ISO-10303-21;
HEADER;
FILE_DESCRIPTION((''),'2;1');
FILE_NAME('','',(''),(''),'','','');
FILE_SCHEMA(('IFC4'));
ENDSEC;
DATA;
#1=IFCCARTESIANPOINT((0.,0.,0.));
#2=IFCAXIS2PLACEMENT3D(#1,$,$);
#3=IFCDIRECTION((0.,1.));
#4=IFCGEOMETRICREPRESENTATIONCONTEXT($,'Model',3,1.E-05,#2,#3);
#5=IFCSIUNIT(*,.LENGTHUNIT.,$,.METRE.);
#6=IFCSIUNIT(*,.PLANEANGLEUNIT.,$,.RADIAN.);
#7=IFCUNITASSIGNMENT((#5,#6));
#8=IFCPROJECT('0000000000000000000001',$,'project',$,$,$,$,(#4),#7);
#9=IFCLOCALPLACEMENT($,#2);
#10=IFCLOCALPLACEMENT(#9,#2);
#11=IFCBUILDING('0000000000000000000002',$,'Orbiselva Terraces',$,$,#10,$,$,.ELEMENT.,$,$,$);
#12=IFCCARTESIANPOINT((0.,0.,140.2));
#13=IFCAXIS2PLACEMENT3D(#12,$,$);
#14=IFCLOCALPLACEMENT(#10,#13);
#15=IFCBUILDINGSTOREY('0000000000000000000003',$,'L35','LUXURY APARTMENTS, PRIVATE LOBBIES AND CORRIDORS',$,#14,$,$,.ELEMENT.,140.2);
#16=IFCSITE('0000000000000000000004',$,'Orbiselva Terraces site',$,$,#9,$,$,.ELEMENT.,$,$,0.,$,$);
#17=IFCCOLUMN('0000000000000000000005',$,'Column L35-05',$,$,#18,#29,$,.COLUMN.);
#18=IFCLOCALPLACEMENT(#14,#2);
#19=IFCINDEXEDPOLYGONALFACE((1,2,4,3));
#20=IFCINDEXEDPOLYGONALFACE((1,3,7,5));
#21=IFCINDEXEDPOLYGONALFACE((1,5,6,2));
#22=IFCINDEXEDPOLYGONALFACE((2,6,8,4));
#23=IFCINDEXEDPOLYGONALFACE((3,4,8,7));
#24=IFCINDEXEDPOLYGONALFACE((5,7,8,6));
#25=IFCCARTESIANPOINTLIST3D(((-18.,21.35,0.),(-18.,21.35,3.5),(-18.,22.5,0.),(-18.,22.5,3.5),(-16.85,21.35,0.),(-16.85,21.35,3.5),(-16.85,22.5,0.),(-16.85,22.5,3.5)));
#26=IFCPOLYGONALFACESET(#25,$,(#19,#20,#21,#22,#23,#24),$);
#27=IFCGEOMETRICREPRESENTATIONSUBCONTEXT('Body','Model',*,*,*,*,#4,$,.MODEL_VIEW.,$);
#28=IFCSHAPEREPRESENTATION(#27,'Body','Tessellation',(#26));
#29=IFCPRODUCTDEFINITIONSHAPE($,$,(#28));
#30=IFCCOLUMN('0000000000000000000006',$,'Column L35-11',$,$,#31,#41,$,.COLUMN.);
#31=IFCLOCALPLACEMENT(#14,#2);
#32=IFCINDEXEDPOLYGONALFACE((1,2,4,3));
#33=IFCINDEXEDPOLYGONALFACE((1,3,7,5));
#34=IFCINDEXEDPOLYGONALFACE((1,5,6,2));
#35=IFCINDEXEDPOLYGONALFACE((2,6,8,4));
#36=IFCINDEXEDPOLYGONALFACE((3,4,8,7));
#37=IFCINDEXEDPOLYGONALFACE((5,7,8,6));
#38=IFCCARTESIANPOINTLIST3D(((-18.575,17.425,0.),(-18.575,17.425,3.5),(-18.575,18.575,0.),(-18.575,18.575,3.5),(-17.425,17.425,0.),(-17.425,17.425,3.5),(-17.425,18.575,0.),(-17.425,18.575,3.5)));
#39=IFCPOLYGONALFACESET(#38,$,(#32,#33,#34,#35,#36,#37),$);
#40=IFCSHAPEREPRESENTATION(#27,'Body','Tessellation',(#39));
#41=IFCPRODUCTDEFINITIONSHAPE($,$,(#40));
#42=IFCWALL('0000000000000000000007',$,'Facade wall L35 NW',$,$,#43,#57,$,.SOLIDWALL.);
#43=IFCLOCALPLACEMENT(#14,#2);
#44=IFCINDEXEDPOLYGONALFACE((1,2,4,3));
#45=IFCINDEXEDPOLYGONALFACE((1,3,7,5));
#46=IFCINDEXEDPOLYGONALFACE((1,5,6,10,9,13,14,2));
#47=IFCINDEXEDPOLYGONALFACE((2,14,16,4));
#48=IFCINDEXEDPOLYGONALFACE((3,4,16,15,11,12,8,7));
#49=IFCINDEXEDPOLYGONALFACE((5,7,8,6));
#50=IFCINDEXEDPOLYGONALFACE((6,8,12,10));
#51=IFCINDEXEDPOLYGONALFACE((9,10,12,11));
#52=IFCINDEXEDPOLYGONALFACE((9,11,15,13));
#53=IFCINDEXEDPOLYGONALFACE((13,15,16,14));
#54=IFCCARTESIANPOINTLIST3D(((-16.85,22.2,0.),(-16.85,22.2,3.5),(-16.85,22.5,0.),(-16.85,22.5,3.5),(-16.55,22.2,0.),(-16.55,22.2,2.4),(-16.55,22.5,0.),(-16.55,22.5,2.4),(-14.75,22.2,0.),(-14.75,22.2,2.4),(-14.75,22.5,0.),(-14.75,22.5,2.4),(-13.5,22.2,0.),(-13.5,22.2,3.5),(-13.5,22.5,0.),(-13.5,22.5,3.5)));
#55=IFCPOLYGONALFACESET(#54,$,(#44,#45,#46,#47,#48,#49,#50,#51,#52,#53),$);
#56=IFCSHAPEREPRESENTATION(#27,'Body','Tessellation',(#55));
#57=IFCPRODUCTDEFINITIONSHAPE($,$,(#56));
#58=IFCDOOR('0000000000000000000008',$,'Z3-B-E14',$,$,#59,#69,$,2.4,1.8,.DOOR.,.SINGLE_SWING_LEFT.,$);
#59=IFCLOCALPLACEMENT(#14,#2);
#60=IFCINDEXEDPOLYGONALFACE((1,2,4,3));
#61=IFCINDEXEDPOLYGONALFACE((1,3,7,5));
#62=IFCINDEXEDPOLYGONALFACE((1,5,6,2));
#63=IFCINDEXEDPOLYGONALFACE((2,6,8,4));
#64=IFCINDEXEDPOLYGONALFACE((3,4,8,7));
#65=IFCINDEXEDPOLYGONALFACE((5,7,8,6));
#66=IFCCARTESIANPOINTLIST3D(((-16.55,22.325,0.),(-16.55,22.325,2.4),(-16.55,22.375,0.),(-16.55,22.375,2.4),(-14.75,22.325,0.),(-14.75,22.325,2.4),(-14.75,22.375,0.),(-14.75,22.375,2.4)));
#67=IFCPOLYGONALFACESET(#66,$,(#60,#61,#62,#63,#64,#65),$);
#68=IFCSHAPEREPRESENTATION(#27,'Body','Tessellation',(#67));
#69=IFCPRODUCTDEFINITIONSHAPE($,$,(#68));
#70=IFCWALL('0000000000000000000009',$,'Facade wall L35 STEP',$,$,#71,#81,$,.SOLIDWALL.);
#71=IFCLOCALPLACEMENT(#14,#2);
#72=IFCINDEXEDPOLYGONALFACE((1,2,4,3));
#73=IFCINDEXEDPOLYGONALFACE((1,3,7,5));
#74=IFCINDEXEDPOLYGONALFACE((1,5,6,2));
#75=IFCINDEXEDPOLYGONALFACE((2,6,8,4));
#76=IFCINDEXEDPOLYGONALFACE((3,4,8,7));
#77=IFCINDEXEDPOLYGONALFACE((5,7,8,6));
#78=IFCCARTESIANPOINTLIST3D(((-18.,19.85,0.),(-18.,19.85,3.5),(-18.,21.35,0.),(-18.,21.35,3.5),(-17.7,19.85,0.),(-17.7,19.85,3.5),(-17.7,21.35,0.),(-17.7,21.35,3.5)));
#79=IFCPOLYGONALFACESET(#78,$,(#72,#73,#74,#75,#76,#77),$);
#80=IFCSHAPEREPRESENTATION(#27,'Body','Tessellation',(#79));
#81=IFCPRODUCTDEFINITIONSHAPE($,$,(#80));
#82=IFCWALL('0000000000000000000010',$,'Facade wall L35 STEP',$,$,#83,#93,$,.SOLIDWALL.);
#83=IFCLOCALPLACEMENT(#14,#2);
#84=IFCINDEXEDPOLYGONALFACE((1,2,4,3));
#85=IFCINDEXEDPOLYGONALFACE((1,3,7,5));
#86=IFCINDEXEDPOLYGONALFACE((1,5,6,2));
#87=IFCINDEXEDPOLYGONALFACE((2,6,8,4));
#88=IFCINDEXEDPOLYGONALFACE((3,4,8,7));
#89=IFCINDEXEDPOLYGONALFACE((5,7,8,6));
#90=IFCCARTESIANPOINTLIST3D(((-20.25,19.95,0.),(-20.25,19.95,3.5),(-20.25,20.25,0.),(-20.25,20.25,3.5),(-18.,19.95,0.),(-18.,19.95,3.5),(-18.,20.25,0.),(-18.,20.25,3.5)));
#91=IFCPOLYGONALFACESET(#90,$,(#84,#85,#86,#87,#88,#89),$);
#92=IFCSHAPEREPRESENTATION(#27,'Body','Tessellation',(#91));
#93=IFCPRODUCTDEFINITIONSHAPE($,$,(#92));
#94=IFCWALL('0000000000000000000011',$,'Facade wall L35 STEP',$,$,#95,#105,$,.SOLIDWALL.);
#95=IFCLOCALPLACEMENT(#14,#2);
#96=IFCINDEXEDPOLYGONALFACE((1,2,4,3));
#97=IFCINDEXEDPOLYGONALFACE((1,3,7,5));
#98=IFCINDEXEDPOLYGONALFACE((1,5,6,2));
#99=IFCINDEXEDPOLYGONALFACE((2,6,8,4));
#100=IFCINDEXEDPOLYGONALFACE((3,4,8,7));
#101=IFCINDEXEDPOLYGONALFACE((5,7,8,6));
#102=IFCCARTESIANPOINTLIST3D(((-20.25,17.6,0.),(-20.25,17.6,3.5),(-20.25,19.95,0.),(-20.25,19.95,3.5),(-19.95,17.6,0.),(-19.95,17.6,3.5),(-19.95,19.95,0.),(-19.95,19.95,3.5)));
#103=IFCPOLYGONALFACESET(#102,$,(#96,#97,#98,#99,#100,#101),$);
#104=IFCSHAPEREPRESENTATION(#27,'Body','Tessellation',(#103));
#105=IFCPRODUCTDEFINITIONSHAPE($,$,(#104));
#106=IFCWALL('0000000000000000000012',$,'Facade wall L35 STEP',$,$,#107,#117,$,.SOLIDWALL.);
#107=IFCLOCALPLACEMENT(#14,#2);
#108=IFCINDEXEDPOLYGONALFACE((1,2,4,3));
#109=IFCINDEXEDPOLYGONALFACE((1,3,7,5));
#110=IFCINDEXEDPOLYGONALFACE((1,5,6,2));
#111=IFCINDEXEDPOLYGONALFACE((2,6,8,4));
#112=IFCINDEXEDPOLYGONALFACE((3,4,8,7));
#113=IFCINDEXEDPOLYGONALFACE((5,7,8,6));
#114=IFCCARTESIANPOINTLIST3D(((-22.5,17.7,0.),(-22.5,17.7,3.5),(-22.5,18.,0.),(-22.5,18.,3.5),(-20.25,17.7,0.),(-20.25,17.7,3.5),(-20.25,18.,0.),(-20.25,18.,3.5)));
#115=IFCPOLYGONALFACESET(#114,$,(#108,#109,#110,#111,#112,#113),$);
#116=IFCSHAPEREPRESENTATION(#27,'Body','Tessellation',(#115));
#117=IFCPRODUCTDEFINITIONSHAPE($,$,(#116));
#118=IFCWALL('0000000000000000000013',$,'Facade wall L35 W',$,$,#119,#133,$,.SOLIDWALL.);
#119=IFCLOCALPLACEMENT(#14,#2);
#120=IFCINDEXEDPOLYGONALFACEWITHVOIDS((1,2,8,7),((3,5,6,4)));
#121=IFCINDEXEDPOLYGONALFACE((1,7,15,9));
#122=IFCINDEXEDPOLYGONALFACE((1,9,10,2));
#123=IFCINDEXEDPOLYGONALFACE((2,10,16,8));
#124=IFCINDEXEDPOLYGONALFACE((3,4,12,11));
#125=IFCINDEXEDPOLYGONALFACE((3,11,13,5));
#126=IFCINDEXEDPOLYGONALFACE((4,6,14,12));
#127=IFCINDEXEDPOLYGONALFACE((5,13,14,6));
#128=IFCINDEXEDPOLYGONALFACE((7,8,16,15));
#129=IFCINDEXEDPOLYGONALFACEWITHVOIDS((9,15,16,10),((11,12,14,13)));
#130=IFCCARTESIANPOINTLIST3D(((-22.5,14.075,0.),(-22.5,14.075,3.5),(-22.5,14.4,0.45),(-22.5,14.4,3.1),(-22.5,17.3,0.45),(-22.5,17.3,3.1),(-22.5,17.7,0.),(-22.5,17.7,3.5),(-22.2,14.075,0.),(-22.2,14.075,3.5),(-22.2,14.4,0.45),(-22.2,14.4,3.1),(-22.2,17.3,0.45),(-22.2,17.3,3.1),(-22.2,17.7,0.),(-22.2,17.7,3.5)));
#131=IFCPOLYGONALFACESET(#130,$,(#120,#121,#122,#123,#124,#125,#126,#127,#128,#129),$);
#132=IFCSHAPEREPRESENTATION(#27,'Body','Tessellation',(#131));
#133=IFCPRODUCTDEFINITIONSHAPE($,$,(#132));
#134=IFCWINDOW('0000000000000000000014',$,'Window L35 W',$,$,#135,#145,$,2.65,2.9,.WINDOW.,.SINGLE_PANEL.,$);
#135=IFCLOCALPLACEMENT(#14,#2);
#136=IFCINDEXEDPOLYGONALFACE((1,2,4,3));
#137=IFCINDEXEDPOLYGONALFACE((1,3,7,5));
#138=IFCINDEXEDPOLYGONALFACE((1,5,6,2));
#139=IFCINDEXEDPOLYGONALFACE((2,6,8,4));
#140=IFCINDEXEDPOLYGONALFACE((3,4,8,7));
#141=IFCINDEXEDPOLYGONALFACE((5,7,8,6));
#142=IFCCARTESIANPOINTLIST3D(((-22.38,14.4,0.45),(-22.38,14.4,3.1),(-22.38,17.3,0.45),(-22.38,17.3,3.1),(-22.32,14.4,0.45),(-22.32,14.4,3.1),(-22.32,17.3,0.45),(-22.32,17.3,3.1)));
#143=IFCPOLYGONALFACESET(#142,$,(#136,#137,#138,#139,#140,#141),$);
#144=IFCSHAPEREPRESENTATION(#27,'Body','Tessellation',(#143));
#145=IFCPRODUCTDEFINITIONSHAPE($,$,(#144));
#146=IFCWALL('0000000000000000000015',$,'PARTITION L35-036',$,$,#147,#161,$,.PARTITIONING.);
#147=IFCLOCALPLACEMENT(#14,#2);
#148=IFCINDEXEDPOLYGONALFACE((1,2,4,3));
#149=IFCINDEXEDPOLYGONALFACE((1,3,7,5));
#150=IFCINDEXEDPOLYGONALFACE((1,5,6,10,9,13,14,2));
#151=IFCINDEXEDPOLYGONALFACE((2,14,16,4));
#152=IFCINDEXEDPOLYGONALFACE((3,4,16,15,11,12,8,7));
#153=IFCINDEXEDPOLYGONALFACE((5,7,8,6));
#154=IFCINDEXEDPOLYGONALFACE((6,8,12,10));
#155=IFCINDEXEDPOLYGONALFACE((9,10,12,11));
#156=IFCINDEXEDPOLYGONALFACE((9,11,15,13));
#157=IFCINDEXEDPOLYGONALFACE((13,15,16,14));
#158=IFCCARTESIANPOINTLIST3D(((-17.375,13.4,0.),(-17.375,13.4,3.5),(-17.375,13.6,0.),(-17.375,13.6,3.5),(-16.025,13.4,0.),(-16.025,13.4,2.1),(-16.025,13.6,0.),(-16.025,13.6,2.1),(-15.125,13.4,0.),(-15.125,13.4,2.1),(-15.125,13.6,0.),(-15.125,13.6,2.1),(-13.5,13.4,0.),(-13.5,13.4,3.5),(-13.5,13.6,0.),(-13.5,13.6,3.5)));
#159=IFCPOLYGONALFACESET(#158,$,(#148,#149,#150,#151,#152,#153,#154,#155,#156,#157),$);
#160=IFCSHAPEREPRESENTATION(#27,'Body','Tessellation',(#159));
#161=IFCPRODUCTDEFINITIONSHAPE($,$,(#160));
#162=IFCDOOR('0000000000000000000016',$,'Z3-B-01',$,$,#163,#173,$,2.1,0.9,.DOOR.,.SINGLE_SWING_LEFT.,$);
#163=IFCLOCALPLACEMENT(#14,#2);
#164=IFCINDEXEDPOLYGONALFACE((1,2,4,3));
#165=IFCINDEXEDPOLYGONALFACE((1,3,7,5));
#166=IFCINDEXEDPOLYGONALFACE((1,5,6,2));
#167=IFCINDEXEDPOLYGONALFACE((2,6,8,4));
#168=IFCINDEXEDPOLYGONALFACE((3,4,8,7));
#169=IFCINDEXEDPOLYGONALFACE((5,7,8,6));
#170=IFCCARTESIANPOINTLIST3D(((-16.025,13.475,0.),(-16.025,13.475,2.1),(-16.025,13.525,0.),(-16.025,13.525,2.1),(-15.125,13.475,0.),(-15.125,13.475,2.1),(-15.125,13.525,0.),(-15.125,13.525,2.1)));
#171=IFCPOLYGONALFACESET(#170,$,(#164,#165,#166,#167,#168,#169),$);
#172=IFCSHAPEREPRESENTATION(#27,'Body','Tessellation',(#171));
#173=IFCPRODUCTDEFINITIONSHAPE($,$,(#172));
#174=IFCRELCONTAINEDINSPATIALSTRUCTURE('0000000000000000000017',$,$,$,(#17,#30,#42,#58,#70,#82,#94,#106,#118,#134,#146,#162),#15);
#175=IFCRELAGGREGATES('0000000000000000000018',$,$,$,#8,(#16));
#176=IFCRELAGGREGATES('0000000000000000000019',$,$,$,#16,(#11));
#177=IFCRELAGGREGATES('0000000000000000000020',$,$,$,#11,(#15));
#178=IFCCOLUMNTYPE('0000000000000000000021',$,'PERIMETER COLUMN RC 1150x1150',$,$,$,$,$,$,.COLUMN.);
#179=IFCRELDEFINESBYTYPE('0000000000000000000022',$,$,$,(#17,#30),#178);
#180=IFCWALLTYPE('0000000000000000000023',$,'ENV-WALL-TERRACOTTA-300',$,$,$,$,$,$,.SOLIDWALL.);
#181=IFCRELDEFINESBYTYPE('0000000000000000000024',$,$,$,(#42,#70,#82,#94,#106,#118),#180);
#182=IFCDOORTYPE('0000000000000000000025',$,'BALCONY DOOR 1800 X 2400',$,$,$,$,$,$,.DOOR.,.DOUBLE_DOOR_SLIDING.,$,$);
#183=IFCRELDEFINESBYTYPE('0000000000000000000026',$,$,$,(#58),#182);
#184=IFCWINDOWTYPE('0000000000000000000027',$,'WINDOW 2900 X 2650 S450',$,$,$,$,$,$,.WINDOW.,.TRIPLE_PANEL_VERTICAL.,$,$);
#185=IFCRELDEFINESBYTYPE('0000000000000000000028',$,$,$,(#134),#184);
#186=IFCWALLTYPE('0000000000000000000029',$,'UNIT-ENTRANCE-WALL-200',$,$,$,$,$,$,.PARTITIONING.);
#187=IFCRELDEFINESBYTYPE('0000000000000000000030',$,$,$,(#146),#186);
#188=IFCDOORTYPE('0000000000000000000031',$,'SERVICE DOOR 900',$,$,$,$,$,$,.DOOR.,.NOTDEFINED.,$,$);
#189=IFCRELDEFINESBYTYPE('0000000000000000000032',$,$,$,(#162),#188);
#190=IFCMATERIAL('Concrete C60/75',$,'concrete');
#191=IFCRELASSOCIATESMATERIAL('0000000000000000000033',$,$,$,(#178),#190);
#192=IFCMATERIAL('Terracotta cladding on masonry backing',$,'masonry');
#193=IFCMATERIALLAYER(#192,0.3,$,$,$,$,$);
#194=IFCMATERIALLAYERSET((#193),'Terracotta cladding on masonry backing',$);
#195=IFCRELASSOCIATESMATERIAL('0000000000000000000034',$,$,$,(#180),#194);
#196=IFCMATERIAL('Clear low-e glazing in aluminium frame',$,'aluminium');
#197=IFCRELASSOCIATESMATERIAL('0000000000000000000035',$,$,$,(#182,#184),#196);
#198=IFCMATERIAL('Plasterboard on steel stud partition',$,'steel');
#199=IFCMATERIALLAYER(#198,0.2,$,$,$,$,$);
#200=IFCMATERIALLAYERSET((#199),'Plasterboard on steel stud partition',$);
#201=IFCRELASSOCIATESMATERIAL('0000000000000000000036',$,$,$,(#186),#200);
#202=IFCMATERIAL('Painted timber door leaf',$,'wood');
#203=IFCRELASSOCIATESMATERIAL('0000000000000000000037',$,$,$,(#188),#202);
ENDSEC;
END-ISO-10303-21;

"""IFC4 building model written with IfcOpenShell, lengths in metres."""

from ifc_helpers import new_model, si_unit, direction, frame, frame_2d, origin, origin_2d, place, context, subcontext, project, spatial, rectangle, extrude, material, layer, layer_set, material_profile, profile_set, type_object, element, fill, save


model = new_model("IFC4")

# Units and contexts
model_context = context("Model", 3, precision=1e-05, world=origin(), true_north=direction((0.0, 1.0)))
body_context = subcontext(model_context, "Body", "Model", "MODEL_VIEW")
ifc_project = project(units=[si_unit("LENGTHUNIT", "METRE"), si_unit("PLANEANGLEUNIT", "RADIAN")], contexts=[model_context])

# Site, building, storey
site_placement = place(None, origin())
site = spatial("IfcSite", under=ifc_project, at=site_placement, Name="Orbiselva Terraces site", CompositionType="ELEMENT", RefElevation=0.0)
building_placement = place(site_placement, origin())
building = spatial("IfcBuilding", under=site, at=building_placement, Name="Orbiselva Terraces", CompositionType="ELEMENT")
storey_placement = place(building_placement, frame((0.0, 0.0, 140.2)))
storey = spatial("IfcBuildingStorey", under=building, at=storey_placement, Name="L35", Description="LUXURY APARTMENTS, PRIVATE LOBBIES AND CORRIDORS", CompositionType="ELEMENT", Elevation=140.2)

# Columns
ifc_material_1 = material(Name="Concrete C60/75", Category="concrete")
ifc_material_profile = material_profile(ifc_material_1, rectangle(XDim=1.15, YDim=1.15, at=origin_2d()), Name="RC 1150x1150")
ifc_profile_set = profile_set([ifc_material_profile], Name="Concrete C60/75")
column_type = type_object("IfcColumnType", Name="PERIMETER COLUMN RC 1150x1150", PredefinedType="COLUMN", material=ifc_profile_set)
for number, where, z_axis, x_axis, name in (
    (1, (-17.425, 21.925, 0.0), (0.0, 0.0, 1.0), (1.0, 0.0, 0.0), "Column L35-05"),
    (2, (-18.0, 18.0, 0.0), (0.0, 0.0, 1.0), (1.0, 0.0, 0.0), "Column L35-11"),
):
    element("IfcColumn", number, at=place(storey_placement, frame(where, z_axis=z_axis, x_axis=x_axis)), inside=storey, type_object=column_type, Name=name, PredefinedType="COLUMN", context=body_context, shape_type="SweptSolid", body=[
        extrude(rectangle(XDim=1.15, YDim=1.15, at=origin_2d()), origin(), (0.0, 0.0, 1.0), 3.5),
    ])

# Wall, opening, door
ifc_material_2 = material(Name="Terracotta cladding on masonry backing", Category="masonry")
ifc_layer_1 = layer(ifc_material_2, 0.3)
ifc_layer_set_1 = layer_set([ifc_layer_1], Name="Terracotta cladding on masonry backing")
wall_type_1 = type_object("IfcWallType", Name="ENV-WALL-TERRACOTTA-300", PredefinedType="SOLIDWALL", material=ifc_layer_set_1)
wall_1_placement = place(storey_placement, frame((-16.85, 22.35, 0.0), z_axis=(0.0, 0.0, 1.0), x_axis=(1.0, 0.0, 0.0)))
wall_1 = element("IfcWall", 3, at=wall_1_placement, inside=storey, type_object=wall_type_1, Name="Facade wall L35 NW", PredefinedType="SOLIDWALL", context=body_context, shape_type="SweptSolid", body=[
    extrude(rectangle(XDim=3.35, YDim=0.3, at=frame_2d((1.675, 0.0))), origin(), (0.0, 0.0, 1.0), 3.5),
])
opening_1_placement = place(wall_1_placement, frame((0.3, 0.0, 0.0)))
opening_1 = element("IfcOpeningElement", 4, at=opening_1_placement, cuts=wall_1, PredefinedType="OPENING", context=body_context, shape_type="SweptSolid", body=[
    extrude(rectangle(XDim=1.8, YDim=2.4, at=frame_2d((0.9, 1.2))), frame((0.0, 0.16, 0.0), z_axis=(0.0, -1.0, 0.0), x_axis=(1.0, 0.0, 0.0)), (0.0, 0.0, 1.0), 0.32),
])
ifc_material_3 = material(Name="Clear low-e glazing in aluminium frame", Category="aluminium")
door_type_1 = type_object("IfcDoorType", Name="BALCONY DOOR 1800 X 2400", OperationType="DOUBLE_DOOR_SLIDING", PredefinedType="DOOR", material=ifc_material_3)
door_1_placement = place(opening_1_placement, origin())
door_1 = element("IfcDoor", 5, at=door_1_placement, inside=storey, type_object=door_type_1, Name="Z3-B-E14", OperationType="SINGLE_SWING_LEFT", OverallHeight=2.4, OverallWidth=1.8, PredefinedType="DOOR", context=body_context, shape_type="SweptSolid", body=[
    extrude(rectangle(XDim=1.8, YDim=2.4, at=frame_2d((0.9, 1.2))), frame((0.0, 0.025, 0.0), z_axis=(0.0, -1.0, 0.0), x_axis=(1.0, 0.0, 0.0)), (0.0, 0.0, 1.0), 0.05),
])
fill(opening_1, door_1)

# Walls
wall_2_placement = place(storey_placement, frame((-17.85, 19.85, 0.0), z_axis=(0.0, 0.0, 1.0), x_axis=(0.0, 1.0, 0.0)))
element("IfcWall", 6, at=wall_2_placement, inside=storey, type_object=wall_type_1, Name="Facade wall L35 STEP", PredefinedType="SOLIDWALL", context=body_context, shape_type="SweptSolid", body=[
    extrude(rectangle(XDim=1.5, YDim=0.3, at=frame_2d((0.75, 0.0))), origin(), (0.0, 0.0, 1.0), 3.5),
])
wall_3_placement = place(storey_placement, frame((-20.25, 20.1, 0.0), z_axis=(0.0, 0.0, 1.0), x_axis=(1.0, 0.0, 0.0)))
element("IfcWall", 7, at=wall_3_placement, inside=storey, type_object=wall_type_1, Name="Facade wall L35 STEP", PredefinedType="SOLIDWALL", context=body_context, shape_type="SweptSolid", body=[
    extrude(rectangle(XDim=2.25, YDim=0.3, at=frame_2d((1.125, 0.0))), origin(), (0.0, 0.0, 1.0), 3.5),
])
wall_4_placement = place(storey_placement, frame((-20.1, 17.6, 0.0), z_axis=(0.0, 0.0, 1.0), x_axis=(0.0, 1.0, 0.0)))
element("IfcWall", 8, at=wall_4_placement, inside=storey, type_object=wall_type_1, Name="Facade wall L35 STEP", PredefinedType="SOLIDWALL", context=body_context, shape_type="SweptSolid", body=[
    extrude(rectangle(XDim=2.35, YDim=0.3, at=frame_2d((1.175, 0.0))), origin(), (0.0, 0.0, 1.0), 3.5),
])
wall_5_placement = place(storey_placement, frame((-22.5, 17.85, 0.0), z_axis=(0.0, 0.0, 1.0), x_axis=(1.0, 0.0, 0.0)))
element("IfcWall", 9, at=wall_5_placement, inside=storey, type_object=wall_type_1, Name="Facade wall L35 STEP", PredefinedType="SOLIDWALL", context=body_context, shape_type="SweptSolid", body=[
    extrude(rectangle(XDim=2.25, YDim=0.3, at=frame_2d((1.125, 0.0))), origin(), (0.0, 0.0, 1.0), 3.5),
])

# Wall, opening, window
wall_6_placement = place(storey_placement, frame((-22.35, 14.075, 0.0), z_axis=(0.0, 0.0, 1.0), x_axis=(0.0, 1.0, 0.0)))
wall_6 = element("IfcWall", 10, at=wall_6_placement, inside=storey, type_object=wall_type_1, Name="Facade wall L35 W", PredefinedType="SOLIDWALL", context=body_context, shape_type="SweptSolid", body=[
    extrude(rectangle(XDim=3.625, YDim=0.3, at=frame_2d((1.8125, 0.0))), origin(), (0.0, 0.0, 1.0), 3.5),
])
opening_2_placement = place(wall_6_placement, frame((0.325, 0.0, 0.45)))
opening_2 = element("IfcOpeningElement", 11, at=opening_2_placement, cuts=wall_6, PredefinedType="OPENING", context=body_context, shape_type="SweptSolid", body=[
    extrude(rectangle(XDim=2.9, YDim=2.65, at=frame_2d((1.45, 1.325))), frame((0.0, 0.16, 0.0), z_axis=(0.0, -1.0, 0.0), x_axis=(1.0, 0.0, 0.0)), (0.0, 0.0, 1.0), 0.32),
])
window_type = type_object("IfcWindowType", Name="WINDOW 2900 X 2650 S450", PartitioningType="TRIPLE_PANEL_VERTICAL", PredefinedType="WINDOW", material=ifc_material_3)
window_placement = place(opening_2_placement, origin())
window = element("IfcWindow", 12, at=window_placement, inside=storey, type_object=window_type, Name="Window L35 W", OverallHeight=2.65, OverallWidth=2.9, PartitioningType="SINGLE_PANEL", PredefinedType="WINDOW", context=body_context, shape_type="SweptSolid", body=[
    extrude(rectangle(XDim=2.9, YDim=2.65, at=frame_2d((1.45, 1.325))), frame((0.0, 0.03, 0.0), z_axis=(0.0, -1.0, 0.0), x_axis=(1.0, 0.0, 0.0)), (0.0, 0.0, 1.0), 0.06),
])
fill(opening_2, window)

# Wall, opening, door
ifc_material_4 = material(Name="Plasterboard on steel stud partition", Category="steel")
ifc_layer_2 = layer(ifc_material_4, 0.2)
ifc_layer_set_2 = layer_set([ifc_layer_2], Name="Plasterboard on steel stud partition")
wall_type_2 = type_object("IfcWallType", Name="UNIT-ENTRANCE-WALL-200", PredefinedType="PARTITIONING", material=ifc_layer_set_2)
wall_7_placement = place(storey_placement, frame((-17.375, 13.5, 0.0), z_axis=(0.0, 0.0, 1.0), x_axis=(1.0, 0.0, 0.0)))
wall_7 = element("IfcWall", 13, at=wall_7_placement, inside=storey, type_object=wall_type_2, Name="PARTITION L35-036", PredefinedType="PARTITIONING", context=body_context, shape_type="SweptSolid", body=[
    extrude(rectangle(XDim=3.875, YDim=0.2, at=frame_2d((1.9375, 0.0))), origin(), (0.0, 0.0, 1.0), 3.5),
])
opening_3_placement = place(wall_7_placement, frame((1.35, 0.0, 0.0)))
opening_3 = element("IfcOpeningElement", 14, at=opening_3_placement, cuts=wall_7, PredefinedType="OPENING", context=body_context, shape_type="SweptSolid", body=[
    extrude(rectangle(XDim=0.9, YDim=2.1, at=frame_2d((0.45, 1.05))), frame((0.0, 0.11, 0.0), z_axis=(0.0, -1.0, 0.0), x_axis=(1.0, 0.0, 0.0)), (0.0, 0.0, 1.0), 0.22),
])
ifc_material_5 = material(Name="Painted timber door leaf", Category="wood")
door_type_2 = type_object("IfcDoorType", Name="SERVICE DOOR 900", OperationType="NOTDEFINED", PredefinedType="DOOR", material=ifc_material_5)
door_2_placement = place(opening_3_placement, origin())
door_2 = element("IfcDoor", 15, at=door_2_placement, inside=storey, type_object=door_type_2, Name="Z3-B-01", OperationType="SINGLE_SWING_LEFT", OverallHeight=2.1, OverallWidth=0.9, PredefinedType="DOOR", context=body_context, shape_type="SweptSolid", body=[
    extrude(rectangle(XDim=0.9, YDim=2.1, at=frame_2d((0.45, 1.05))), frame((0.0, 0.025, 0.0), z_axis=(0.0, -1.0, 0.0), x_axis=(1.0, 0.0, 0.0)), (0.0, 0.0, 1.0), 0.05),
])
fill(opening_3, door_2)

save(model, "model.ifc")
